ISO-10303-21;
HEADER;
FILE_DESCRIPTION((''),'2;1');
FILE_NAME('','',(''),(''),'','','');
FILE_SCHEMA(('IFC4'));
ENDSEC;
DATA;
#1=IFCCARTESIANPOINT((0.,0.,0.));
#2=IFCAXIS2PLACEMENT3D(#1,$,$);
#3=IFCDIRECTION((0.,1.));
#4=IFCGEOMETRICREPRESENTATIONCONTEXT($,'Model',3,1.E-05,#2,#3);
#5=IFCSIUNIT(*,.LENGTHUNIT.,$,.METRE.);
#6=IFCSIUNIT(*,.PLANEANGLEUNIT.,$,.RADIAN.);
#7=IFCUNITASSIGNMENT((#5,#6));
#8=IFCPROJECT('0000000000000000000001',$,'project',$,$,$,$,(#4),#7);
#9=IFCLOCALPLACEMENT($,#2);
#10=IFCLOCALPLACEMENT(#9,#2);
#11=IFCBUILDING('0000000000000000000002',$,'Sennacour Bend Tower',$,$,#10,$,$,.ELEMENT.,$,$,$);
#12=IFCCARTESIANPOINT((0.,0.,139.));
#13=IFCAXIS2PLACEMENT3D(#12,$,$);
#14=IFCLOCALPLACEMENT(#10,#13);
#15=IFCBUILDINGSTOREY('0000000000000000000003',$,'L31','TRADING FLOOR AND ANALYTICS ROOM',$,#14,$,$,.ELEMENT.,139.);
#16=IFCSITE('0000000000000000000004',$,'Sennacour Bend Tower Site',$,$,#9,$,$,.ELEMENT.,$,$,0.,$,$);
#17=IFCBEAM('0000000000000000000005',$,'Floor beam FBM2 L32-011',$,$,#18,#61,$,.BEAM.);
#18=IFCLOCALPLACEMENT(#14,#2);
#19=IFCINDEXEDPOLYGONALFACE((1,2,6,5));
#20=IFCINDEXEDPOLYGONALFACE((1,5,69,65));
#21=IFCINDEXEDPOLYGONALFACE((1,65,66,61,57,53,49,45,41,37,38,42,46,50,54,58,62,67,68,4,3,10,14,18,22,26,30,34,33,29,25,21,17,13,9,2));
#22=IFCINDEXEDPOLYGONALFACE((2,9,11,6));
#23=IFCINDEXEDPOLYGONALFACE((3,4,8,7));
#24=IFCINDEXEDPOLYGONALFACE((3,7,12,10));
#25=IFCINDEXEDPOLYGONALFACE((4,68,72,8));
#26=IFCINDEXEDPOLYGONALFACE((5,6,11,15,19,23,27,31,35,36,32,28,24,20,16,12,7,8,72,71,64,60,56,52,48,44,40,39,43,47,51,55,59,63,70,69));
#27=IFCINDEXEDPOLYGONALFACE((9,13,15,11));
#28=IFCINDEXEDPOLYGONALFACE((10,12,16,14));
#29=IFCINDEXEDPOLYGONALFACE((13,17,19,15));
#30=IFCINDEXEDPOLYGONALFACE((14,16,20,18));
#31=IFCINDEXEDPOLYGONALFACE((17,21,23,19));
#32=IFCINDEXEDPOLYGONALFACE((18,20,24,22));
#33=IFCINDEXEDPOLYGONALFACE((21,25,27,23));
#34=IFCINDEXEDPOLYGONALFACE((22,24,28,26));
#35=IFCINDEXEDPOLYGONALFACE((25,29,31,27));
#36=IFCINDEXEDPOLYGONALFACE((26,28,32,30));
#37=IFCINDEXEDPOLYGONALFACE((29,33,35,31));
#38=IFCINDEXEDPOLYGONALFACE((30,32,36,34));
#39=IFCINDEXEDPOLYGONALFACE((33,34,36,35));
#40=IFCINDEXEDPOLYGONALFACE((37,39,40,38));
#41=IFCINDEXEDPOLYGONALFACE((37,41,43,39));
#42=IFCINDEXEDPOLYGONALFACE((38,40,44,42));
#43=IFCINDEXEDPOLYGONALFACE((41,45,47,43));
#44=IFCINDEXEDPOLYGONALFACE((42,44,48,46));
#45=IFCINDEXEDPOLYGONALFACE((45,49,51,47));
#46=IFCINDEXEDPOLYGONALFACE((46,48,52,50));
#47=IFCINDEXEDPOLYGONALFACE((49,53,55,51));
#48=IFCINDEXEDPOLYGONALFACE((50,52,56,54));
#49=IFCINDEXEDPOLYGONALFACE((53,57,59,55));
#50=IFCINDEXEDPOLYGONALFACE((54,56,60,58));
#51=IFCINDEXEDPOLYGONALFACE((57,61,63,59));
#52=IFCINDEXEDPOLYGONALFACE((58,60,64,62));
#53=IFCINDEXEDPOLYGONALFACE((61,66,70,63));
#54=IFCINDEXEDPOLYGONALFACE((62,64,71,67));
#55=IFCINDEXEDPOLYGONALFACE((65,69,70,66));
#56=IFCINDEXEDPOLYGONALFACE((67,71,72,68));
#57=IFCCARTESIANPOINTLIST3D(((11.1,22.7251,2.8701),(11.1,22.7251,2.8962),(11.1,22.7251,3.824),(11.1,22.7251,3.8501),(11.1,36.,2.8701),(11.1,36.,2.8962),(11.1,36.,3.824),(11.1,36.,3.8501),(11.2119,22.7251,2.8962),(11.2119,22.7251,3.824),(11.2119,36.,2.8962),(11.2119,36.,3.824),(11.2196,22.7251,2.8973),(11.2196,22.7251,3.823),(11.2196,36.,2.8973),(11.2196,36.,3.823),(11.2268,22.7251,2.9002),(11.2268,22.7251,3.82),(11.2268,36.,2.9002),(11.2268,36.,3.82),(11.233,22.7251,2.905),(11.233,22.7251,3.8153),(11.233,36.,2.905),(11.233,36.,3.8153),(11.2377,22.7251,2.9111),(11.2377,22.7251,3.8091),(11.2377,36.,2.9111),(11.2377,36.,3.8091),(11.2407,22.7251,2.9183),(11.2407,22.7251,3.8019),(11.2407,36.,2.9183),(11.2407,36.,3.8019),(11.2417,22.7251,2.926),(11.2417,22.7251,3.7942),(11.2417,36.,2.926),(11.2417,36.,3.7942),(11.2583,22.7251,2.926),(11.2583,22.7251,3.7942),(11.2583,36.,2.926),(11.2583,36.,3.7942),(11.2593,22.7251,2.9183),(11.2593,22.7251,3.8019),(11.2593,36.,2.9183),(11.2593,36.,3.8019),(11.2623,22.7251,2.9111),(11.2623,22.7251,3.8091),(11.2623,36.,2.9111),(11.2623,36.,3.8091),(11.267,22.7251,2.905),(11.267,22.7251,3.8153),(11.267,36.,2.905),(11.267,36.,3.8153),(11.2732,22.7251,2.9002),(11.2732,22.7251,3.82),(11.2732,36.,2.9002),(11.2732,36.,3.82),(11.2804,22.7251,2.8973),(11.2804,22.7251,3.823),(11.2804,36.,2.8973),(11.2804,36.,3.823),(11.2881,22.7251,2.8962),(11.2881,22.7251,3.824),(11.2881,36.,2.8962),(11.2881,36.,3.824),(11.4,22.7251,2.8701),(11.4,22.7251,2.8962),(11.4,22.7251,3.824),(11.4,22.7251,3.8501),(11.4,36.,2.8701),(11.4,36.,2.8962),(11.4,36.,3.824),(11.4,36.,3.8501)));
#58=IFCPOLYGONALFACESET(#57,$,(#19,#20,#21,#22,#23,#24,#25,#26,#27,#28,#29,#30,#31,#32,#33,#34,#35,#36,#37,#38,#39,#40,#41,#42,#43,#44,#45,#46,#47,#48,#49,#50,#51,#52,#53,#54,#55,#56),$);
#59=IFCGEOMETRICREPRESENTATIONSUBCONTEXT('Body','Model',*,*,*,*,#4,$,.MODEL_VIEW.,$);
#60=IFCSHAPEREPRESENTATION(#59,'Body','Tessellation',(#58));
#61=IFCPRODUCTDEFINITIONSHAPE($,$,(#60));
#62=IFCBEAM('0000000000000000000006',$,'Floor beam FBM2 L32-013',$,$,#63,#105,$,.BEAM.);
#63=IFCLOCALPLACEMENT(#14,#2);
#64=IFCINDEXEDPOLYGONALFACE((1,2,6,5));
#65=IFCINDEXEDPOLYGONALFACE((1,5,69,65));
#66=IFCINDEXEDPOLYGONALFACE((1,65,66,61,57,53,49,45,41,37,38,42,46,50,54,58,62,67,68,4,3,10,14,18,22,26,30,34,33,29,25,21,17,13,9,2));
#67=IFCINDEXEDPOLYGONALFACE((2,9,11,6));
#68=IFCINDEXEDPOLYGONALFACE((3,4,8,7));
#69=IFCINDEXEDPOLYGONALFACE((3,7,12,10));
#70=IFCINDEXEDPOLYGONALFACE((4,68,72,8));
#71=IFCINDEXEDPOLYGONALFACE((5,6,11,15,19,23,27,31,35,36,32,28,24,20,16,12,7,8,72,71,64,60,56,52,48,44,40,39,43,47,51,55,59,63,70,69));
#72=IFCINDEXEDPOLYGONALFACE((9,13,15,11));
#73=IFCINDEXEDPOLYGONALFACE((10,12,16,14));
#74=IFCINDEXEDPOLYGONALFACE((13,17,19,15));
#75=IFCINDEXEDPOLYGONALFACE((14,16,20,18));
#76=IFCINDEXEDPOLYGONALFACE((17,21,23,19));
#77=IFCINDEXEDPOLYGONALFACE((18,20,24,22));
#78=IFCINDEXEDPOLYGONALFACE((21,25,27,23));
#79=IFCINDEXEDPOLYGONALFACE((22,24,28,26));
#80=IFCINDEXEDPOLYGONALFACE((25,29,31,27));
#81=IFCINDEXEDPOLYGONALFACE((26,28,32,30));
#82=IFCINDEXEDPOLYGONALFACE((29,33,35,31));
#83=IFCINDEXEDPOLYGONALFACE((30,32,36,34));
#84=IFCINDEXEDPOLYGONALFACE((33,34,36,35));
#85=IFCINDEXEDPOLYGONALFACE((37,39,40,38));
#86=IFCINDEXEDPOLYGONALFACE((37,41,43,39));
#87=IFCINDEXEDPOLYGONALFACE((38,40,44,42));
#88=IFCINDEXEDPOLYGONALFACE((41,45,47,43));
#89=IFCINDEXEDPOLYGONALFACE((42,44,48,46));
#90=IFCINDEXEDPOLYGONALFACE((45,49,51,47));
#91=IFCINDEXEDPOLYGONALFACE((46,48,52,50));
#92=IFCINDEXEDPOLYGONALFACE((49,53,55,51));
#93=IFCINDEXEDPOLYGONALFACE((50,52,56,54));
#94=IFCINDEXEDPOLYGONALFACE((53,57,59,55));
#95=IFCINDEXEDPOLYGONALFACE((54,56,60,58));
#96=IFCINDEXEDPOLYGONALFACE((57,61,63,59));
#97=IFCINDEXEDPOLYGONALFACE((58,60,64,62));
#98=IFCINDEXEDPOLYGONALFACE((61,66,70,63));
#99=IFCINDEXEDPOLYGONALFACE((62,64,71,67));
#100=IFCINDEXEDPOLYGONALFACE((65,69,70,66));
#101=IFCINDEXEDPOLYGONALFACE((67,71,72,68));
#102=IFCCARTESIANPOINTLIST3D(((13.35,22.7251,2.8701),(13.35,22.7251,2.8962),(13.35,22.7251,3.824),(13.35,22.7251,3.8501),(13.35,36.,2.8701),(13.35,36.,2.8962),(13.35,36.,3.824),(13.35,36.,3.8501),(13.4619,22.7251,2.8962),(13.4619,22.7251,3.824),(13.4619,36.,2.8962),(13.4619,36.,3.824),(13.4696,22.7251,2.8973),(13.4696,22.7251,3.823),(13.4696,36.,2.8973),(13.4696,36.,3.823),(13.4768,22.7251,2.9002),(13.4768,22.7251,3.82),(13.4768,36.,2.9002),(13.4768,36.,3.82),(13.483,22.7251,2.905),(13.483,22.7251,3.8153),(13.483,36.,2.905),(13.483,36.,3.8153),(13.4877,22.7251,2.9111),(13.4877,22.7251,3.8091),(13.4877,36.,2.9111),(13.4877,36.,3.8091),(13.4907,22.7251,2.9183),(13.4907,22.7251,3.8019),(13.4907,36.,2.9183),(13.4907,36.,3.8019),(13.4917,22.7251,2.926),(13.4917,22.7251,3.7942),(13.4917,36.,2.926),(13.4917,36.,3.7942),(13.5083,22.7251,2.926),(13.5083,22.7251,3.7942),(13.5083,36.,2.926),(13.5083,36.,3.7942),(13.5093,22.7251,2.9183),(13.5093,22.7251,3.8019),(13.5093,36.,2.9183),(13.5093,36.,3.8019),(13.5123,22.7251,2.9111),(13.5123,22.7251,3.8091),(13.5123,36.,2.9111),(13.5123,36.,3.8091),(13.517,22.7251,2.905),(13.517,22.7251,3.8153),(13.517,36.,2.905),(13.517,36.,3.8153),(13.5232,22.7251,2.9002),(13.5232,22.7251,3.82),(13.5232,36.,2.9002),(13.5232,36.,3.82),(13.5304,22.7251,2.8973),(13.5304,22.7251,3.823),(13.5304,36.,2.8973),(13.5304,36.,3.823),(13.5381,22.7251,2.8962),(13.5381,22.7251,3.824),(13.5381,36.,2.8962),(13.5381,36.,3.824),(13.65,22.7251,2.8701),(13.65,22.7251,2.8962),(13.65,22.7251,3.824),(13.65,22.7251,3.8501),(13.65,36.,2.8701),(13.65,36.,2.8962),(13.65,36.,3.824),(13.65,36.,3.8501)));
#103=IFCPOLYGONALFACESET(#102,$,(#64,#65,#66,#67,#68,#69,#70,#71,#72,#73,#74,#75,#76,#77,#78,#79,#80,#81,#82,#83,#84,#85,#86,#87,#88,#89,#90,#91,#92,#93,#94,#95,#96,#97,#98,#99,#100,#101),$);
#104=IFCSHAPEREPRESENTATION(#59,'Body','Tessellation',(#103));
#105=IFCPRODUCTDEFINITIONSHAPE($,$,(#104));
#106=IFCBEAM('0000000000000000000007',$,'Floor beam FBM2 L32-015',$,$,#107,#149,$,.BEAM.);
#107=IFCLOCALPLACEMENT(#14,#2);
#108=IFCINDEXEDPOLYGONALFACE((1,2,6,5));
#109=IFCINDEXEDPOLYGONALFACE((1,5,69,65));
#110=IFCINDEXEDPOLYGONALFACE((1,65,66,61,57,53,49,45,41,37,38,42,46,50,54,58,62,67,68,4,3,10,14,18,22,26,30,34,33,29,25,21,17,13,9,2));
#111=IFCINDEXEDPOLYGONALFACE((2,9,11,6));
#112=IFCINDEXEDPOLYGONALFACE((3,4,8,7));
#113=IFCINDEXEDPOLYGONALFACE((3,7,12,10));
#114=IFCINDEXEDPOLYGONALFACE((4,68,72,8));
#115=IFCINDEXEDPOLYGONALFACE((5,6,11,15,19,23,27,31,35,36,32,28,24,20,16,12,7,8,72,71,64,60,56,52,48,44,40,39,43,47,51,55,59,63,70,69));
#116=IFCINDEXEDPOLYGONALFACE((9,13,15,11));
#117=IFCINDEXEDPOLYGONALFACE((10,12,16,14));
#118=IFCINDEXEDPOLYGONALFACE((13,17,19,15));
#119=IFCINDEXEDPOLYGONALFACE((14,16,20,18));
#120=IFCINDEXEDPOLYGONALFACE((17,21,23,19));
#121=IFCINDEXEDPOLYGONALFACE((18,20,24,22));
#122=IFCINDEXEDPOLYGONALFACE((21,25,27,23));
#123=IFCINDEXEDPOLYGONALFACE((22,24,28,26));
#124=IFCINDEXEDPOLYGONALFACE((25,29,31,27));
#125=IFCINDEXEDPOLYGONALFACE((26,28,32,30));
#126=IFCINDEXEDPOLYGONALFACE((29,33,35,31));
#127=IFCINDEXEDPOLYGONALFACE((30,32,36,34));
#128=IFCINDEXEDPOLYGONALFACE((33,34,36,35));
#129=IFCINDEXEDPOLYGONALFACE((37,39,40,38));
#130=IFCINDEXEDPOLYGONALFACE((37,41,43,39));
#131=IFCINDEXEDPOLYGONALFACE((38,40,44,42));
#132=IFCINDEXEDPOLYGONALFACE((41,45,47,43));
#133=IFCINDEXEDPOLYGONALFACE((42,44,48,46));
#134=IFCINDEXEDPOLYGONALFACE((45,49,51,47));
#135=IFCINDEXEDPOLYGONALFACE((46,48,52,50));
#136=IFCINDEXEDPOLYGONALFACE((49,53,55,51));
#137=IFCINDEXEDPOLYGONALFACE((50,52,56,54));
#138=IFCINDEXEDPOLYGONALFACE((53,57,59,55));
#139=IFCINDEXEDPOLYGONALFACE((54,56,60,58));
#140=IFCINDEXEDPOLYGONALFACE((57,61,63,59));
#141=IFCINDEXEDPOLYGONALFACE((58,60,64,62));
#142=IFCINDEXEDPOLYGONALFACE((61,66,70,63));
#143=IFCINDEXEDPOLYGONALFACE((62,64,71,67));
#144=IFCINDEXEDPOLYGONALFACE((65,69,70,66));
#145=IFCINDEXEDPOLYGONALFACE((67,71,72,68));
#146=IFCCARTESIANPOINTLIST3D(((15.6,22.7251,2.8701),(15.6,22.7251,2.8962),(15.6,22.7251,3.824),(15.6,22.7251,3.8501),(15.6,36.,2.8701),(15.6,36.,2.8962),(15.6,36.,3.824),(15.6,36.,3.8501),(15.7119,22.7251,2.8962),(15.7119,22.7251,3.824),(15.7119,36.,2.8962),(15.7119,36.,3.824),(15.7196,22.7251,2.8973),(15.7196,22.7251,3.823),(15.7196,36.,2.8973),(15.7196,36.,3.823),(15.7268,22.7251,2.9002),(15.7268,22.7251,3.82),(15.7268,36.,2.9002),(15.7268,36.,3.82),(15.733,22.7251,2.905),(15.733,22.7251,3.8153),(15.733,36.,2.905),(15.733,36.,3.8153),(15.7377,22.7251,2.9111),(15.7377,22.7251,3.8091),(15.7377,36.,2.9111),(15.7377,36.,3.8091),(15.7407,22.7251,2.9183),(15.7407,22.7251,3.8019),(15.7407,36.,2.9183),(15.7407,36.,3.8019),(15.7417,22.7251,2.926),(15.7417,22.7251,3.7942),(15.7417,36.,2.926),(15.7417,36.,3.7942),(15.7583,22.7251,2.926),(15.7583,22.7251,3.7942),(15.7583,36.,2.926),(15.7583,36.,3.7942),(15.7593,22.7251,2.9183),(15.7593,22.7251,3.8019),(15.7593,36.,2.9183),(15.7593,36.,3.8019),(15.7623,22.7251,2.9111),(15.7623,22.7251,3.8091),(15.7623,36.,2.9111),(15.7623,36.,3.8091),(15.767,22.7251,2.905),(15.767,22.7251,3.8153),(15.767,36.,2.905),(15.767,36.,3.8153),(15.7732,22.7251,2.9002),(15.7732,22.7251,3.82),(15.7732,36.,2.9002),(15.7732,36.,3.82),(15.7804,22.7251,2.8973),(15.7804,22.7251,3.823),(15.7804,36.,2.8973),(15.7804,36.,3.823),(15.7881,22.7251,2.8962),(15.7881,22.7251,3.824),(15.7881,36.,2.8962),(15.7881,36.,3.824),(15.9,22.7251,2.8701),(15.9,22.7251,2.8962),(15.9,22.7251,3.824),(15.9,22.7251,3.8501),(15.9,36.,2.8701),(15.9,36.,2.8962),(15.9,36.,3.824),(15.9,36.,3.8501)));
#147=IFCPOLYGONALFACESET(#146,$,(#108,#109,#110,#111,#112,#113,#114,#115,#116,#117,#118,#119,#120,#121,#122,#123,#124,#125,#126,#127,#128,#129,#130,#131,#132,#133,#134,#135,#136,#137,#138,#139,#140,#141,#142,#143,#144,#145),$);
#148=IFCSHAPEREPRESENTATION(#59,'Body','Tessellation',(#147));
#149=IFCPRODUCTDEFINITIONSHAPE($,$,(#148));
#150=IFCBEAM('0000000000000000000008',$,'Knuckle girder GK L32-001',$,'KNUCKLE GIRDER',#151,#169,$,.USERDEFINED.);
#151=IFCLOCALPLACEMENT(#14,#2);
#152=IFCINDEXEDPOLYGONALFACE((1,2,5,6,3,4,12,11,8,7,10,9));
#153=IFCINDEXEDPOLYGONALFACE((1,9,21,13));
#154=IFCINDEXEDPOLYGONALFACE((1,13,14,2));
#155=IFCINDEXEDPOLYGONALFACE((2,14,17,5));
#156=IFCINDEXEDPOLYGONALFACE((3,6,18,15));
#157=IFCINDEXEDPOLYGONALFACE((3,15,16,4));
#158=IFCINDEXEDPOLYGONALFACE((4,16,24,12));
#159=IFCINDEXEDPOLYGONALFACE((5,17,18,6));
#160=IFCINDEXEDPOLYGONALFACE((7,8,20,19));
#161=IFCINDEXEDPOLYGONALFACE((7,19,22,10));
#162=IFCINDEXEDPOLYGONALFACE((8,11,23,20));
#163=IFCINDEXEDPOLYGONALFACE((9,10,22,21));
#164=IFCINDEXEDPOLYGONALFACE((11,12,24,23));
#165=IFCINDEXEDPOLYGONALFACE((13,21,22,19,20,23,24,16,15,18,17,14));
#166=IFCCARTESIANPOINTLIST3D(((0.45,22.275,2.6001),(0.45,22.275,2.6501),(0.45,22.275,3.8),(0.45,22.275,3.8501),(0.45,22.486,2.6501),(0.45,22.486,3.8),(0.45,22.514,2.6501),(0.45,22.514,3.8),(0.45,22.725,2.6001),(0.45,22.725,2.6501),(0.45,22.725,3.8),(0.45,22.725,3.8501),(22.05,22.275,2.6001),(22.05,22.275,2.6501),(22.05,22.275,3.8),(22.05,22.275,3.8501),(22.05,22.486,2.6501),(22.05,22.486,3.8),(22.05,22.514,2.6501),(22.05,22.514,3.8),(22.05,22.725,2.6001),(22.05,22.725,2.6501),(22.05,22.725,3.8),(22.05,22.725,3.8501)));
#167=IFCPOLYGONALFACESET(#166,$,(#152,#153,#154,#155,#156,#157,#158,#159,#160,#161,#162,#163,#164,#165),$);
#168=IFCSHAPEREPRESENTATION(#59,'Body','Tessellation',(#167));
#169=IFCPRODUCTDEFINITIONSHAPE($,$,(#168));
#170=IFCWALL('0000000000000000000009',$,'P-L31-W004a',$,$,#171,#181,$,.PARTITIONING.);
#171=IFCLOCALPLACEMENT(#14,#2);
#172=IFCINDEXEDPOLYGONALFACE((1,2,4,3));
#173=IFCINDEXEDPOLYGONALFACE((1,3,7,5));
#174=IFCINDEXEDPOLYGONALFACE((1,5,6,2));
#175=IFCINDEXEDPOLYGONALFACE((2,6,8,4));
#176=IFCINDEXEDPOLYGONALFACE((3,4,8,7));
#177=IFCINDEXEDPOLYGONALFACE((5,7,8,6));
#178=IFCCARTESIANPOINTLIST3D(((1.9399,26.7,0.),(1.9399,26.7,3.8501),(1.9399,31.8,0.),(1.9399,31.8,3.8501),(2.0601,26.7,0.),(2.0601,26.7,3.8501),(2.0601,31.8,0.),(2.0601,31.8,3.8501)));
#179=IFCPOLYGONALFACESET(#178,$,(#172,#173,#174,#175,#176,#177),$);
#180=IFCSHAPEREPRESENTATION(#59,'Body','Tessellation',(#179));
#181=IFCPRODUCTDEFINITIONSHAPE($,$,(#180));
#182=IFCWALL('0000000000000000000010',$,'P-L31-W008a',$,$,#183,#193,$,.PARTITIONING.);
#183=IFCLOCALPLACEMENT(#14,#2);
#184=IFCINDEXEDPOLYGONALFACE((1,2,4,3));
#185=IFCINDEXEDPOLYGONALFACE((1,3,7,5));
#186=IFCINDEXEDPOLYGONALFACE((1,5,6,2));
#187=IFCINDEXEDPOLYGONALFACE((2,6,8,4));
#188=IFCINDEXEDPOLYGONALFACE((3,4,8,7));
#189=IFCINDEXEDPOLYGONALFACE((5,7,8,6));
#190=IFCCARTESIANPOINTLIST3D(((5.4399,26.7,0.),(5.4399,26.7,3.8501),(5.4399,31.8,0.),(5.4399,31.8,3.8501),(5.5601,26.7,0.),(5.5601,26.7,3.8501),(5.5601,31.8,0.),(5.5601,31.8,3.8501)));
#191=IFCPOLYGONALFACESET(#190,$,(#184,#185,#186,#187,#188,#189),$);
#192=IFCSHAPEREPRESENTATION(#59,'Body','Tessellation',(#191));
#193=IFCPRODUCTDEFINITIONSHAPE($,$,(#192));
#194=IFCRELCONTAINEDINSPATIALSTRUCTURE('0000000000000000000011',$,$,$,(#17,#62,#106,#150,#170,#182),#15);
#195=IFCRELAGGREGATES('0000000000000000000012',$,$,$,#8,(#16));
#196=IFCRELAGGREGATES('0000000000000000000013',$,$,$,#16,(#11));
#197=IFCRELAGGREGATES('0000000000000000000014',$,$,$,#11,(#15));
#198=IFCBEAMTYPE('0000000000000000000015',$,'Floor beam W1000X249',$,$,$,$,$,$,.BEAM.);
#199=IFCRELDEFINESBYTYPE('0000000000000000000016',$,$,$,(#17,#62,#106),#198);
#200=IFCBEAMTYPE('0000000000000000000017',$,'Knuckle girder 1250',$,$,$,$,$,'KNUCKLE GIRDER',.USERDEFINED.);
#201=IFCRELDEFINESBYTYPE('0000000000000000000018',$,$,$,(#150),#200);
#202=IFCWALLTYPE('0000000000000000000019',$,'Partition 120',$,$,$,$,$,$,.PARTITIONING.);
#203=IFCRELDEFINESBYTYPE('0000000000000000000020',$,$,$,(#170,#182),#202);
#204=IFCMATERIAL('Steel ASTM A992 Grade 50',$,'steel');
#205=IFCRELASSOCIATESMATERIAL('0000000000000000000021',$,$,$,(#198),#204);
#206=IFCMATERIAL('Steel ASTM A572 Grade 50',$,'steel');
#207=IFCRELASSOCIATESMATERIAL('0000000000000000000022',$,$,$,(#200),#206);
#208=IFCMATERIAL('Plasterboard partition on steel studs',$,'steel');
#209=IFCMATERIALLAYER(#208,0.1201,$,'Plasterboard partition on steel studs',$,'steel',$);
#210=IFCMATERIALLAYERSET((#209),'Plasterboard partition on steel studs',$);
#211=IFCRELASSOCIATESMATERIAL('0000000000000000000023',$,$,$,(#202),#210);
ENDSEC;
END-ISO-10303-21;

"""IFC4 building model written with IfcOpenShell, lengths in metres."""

from ifc_helpers import new_model, si_unit, direction, frame, frame_2d, origin, origin_2d, place, context, subcontext, project, spatial, rectangle, i_section, extrude, material, layer, layer_set, material_profile, profile_set, type_object, element, save


model = new_model("IFC4")

# Units and contexts
model_context = context("Model", 3, precision=1e-05, world=origin(), true_north=direction((0.0, 1.0)))
body_context = subcontext(model_context, "Body", "Model", "MODEL_VIEW")
ifc_project = project(units=[si_unit("LENGTHUNIT", "METRE"), si_unit("PLANEANGLEUNIT", "RADIAN")], contexts=[model_context])

# Site, building, storey
site_placement = place(None, origin())
site = spatial("IfcSite", under=ifc_project, at=site_placement, Name="Sennacour Bend Tower Site", CompositionType="ELEMENT", RefElevation=0.0)
building_placement = place(site_placement, origin())
building = spatial("IfcBuilding", under=site, at=building_placement, Name="Sennacour Bend Tower", CompositionType="ELEMENT")
storey_placement = place(building_placement, frame((0.0, 0.0, 139.0)))
storey = spatial("IfcBuildingStorey", under=building, at=storey_placement, Name="L31", Description="TRADING FLOOR AND ANALYTICS ROOM", CompositionType="ELEMENT", Elevation=139.0)

# Beams
ifc_material_1 = material(Name="Steel ASTM A992 Grade 50", Category="steel")
ifc_material_profile_1 = material_profile(ifc_material_1, i_section(OverallWidth=0.3, OverallDepth=0.98, WebThickness=0.0166, FlangeThickness=0.0261, FilletRadius=0.0298, at=origin_2d()), Name="Steel ASTM A992 Grade 50", Category="steel")
ifc_profile_set_1 = profile_set([ifc_material_profile_1], Name="Steel ASTM A992 Grade 50")
beam_type_1 = type_object("IfcBeamType", Name="Floor beam W1000X249", PredefinedType="BEAM", material=ifc_profile_set_1)
for number, where, z_axis, x_axis, name in (
    (1, (11.25, 22.7251, 3.3601), (0.0, 1.0, 0.0), (-1.0, 0.0, 0.0), "Floor beam FBM2 L32-011"),
    (2, (13.5, 22.7251, 3.3601), (0.0, 1.0, 0.0), (-1.0, 0.0, 0.0), "Floor beam FBM2 L32-013"),
    (3, (15.75, 22.7251, 3.3601), (0.0, 1.0, 0.0), (-1.0, 0.0, 0.0), "Floor beam FBM2 L32-015"),
):
    element("IfcBeam", number, at=place(storey_placement, frame(where, z_axis=z_axis, x_axis=x_axis)), inside=storey, type_object=beam_type_1, Name=name, PredefinedType="BEAM", context=body_context, shape_type="SweptSolid", body=[
        extrude(i_section(OverallWidth=0.3, OverallDepth=0.98, WebThickness=0.0166, FlangeThickness=0.0261, FilletRadius=0.0298, at=origin_2d()), origin(), (0.0, 0.0, 1.0), 13.2749),
    ])
ifc_material_2 = material(Name="Steel ASTM A572 Grade 50", Category="steel")
ifc_material_profile_2 = material_profile(ifc_material_2, i_section(OverallWidth=0.45, OverallDepth=1.25, WebThickness=0.0281, FlangeThickness=0.05, at=origin_2d()), Name="Steel ASTM A572 Grade 50", Category="steel")
ifc_profile_set_2 = profile_set([ifc_material_profile_2], Name="Steel ASTM A572 Grade 50")
beam_type_2 = type_object("IfcBeamType", Name="Knuckle girder 1250", ElementType="KNUCKLE GIRDER", PredefinedType="USERDEFINED", material=ifc_profile_set_2)
beam_placement = place(storey_placement, frame((0.45, 22.5, 3.2251), z_axis=(1.0, 0.0, 0.0), x_axis=(0.0, 1.0, 0.0)))
element("IfcBeam", 4, at=beam_placement, inside=storey, type_object=beam_type_2, Name="Knuckle girder GK L32-001", ObjectType="KNUCKLE GIRDER", PredefinedType="USERDEFINED", context=body_context, shape_type="SweptSolid", body=[
    extrude(i_section(OverallWidth=0.45, OverallDepth=1.25, WebThickness=0.0281, FlangeThickness=0.05, at=origin_2d()), origin(), (0.0, 0.0, 1.0), 21.6001),
])

# Walls
ifc_material_3 = material(Name="Plasterboard partition on steel studs", Category="steel")
ifc_layer = layer(ifc_material_3, 0.1201, Name="Plasterboard partition on steel studs", Category="steel")
ifc_layer_set = layer_set([ifc_layer], Name="Plasterboard partition on steel studs")
wall_type = type_object("IfcWallType", Name="Partition 120", PredefinedType="PARTITIONING", material=ifc_layer_set)
for number, where, z_axis, x_axis, name in (
    (5, (2.0, 26.7, 0.0), (0.0, 0.0, 1.0), (0.0, 1.0, 0.0), "P-L31-W004a"),
    (6, (5.5, 26.7, 0.0), (0.0, 0.0, 1.0), (0.0, 1.0, 0.0), "P-L31-W008a"),
):
    element("IfcWall", number, at=place(storey_placement, frame(where, z_axis=z_axis, x_axis=x_axis)), inside=storey, type_object=wall_type, Name=name, PredefinedType="PARTITIONING", context=body_context, shape_type="SweptSolid", body=[
        extrude(rectangle(XDim=5.1001, YDim=0.1201, at=frame_2d((2.55, 0.0))), origin(), (0.0, 0.0, 1.0), 3.8501),
    ])

save(model, "model.ifc")
